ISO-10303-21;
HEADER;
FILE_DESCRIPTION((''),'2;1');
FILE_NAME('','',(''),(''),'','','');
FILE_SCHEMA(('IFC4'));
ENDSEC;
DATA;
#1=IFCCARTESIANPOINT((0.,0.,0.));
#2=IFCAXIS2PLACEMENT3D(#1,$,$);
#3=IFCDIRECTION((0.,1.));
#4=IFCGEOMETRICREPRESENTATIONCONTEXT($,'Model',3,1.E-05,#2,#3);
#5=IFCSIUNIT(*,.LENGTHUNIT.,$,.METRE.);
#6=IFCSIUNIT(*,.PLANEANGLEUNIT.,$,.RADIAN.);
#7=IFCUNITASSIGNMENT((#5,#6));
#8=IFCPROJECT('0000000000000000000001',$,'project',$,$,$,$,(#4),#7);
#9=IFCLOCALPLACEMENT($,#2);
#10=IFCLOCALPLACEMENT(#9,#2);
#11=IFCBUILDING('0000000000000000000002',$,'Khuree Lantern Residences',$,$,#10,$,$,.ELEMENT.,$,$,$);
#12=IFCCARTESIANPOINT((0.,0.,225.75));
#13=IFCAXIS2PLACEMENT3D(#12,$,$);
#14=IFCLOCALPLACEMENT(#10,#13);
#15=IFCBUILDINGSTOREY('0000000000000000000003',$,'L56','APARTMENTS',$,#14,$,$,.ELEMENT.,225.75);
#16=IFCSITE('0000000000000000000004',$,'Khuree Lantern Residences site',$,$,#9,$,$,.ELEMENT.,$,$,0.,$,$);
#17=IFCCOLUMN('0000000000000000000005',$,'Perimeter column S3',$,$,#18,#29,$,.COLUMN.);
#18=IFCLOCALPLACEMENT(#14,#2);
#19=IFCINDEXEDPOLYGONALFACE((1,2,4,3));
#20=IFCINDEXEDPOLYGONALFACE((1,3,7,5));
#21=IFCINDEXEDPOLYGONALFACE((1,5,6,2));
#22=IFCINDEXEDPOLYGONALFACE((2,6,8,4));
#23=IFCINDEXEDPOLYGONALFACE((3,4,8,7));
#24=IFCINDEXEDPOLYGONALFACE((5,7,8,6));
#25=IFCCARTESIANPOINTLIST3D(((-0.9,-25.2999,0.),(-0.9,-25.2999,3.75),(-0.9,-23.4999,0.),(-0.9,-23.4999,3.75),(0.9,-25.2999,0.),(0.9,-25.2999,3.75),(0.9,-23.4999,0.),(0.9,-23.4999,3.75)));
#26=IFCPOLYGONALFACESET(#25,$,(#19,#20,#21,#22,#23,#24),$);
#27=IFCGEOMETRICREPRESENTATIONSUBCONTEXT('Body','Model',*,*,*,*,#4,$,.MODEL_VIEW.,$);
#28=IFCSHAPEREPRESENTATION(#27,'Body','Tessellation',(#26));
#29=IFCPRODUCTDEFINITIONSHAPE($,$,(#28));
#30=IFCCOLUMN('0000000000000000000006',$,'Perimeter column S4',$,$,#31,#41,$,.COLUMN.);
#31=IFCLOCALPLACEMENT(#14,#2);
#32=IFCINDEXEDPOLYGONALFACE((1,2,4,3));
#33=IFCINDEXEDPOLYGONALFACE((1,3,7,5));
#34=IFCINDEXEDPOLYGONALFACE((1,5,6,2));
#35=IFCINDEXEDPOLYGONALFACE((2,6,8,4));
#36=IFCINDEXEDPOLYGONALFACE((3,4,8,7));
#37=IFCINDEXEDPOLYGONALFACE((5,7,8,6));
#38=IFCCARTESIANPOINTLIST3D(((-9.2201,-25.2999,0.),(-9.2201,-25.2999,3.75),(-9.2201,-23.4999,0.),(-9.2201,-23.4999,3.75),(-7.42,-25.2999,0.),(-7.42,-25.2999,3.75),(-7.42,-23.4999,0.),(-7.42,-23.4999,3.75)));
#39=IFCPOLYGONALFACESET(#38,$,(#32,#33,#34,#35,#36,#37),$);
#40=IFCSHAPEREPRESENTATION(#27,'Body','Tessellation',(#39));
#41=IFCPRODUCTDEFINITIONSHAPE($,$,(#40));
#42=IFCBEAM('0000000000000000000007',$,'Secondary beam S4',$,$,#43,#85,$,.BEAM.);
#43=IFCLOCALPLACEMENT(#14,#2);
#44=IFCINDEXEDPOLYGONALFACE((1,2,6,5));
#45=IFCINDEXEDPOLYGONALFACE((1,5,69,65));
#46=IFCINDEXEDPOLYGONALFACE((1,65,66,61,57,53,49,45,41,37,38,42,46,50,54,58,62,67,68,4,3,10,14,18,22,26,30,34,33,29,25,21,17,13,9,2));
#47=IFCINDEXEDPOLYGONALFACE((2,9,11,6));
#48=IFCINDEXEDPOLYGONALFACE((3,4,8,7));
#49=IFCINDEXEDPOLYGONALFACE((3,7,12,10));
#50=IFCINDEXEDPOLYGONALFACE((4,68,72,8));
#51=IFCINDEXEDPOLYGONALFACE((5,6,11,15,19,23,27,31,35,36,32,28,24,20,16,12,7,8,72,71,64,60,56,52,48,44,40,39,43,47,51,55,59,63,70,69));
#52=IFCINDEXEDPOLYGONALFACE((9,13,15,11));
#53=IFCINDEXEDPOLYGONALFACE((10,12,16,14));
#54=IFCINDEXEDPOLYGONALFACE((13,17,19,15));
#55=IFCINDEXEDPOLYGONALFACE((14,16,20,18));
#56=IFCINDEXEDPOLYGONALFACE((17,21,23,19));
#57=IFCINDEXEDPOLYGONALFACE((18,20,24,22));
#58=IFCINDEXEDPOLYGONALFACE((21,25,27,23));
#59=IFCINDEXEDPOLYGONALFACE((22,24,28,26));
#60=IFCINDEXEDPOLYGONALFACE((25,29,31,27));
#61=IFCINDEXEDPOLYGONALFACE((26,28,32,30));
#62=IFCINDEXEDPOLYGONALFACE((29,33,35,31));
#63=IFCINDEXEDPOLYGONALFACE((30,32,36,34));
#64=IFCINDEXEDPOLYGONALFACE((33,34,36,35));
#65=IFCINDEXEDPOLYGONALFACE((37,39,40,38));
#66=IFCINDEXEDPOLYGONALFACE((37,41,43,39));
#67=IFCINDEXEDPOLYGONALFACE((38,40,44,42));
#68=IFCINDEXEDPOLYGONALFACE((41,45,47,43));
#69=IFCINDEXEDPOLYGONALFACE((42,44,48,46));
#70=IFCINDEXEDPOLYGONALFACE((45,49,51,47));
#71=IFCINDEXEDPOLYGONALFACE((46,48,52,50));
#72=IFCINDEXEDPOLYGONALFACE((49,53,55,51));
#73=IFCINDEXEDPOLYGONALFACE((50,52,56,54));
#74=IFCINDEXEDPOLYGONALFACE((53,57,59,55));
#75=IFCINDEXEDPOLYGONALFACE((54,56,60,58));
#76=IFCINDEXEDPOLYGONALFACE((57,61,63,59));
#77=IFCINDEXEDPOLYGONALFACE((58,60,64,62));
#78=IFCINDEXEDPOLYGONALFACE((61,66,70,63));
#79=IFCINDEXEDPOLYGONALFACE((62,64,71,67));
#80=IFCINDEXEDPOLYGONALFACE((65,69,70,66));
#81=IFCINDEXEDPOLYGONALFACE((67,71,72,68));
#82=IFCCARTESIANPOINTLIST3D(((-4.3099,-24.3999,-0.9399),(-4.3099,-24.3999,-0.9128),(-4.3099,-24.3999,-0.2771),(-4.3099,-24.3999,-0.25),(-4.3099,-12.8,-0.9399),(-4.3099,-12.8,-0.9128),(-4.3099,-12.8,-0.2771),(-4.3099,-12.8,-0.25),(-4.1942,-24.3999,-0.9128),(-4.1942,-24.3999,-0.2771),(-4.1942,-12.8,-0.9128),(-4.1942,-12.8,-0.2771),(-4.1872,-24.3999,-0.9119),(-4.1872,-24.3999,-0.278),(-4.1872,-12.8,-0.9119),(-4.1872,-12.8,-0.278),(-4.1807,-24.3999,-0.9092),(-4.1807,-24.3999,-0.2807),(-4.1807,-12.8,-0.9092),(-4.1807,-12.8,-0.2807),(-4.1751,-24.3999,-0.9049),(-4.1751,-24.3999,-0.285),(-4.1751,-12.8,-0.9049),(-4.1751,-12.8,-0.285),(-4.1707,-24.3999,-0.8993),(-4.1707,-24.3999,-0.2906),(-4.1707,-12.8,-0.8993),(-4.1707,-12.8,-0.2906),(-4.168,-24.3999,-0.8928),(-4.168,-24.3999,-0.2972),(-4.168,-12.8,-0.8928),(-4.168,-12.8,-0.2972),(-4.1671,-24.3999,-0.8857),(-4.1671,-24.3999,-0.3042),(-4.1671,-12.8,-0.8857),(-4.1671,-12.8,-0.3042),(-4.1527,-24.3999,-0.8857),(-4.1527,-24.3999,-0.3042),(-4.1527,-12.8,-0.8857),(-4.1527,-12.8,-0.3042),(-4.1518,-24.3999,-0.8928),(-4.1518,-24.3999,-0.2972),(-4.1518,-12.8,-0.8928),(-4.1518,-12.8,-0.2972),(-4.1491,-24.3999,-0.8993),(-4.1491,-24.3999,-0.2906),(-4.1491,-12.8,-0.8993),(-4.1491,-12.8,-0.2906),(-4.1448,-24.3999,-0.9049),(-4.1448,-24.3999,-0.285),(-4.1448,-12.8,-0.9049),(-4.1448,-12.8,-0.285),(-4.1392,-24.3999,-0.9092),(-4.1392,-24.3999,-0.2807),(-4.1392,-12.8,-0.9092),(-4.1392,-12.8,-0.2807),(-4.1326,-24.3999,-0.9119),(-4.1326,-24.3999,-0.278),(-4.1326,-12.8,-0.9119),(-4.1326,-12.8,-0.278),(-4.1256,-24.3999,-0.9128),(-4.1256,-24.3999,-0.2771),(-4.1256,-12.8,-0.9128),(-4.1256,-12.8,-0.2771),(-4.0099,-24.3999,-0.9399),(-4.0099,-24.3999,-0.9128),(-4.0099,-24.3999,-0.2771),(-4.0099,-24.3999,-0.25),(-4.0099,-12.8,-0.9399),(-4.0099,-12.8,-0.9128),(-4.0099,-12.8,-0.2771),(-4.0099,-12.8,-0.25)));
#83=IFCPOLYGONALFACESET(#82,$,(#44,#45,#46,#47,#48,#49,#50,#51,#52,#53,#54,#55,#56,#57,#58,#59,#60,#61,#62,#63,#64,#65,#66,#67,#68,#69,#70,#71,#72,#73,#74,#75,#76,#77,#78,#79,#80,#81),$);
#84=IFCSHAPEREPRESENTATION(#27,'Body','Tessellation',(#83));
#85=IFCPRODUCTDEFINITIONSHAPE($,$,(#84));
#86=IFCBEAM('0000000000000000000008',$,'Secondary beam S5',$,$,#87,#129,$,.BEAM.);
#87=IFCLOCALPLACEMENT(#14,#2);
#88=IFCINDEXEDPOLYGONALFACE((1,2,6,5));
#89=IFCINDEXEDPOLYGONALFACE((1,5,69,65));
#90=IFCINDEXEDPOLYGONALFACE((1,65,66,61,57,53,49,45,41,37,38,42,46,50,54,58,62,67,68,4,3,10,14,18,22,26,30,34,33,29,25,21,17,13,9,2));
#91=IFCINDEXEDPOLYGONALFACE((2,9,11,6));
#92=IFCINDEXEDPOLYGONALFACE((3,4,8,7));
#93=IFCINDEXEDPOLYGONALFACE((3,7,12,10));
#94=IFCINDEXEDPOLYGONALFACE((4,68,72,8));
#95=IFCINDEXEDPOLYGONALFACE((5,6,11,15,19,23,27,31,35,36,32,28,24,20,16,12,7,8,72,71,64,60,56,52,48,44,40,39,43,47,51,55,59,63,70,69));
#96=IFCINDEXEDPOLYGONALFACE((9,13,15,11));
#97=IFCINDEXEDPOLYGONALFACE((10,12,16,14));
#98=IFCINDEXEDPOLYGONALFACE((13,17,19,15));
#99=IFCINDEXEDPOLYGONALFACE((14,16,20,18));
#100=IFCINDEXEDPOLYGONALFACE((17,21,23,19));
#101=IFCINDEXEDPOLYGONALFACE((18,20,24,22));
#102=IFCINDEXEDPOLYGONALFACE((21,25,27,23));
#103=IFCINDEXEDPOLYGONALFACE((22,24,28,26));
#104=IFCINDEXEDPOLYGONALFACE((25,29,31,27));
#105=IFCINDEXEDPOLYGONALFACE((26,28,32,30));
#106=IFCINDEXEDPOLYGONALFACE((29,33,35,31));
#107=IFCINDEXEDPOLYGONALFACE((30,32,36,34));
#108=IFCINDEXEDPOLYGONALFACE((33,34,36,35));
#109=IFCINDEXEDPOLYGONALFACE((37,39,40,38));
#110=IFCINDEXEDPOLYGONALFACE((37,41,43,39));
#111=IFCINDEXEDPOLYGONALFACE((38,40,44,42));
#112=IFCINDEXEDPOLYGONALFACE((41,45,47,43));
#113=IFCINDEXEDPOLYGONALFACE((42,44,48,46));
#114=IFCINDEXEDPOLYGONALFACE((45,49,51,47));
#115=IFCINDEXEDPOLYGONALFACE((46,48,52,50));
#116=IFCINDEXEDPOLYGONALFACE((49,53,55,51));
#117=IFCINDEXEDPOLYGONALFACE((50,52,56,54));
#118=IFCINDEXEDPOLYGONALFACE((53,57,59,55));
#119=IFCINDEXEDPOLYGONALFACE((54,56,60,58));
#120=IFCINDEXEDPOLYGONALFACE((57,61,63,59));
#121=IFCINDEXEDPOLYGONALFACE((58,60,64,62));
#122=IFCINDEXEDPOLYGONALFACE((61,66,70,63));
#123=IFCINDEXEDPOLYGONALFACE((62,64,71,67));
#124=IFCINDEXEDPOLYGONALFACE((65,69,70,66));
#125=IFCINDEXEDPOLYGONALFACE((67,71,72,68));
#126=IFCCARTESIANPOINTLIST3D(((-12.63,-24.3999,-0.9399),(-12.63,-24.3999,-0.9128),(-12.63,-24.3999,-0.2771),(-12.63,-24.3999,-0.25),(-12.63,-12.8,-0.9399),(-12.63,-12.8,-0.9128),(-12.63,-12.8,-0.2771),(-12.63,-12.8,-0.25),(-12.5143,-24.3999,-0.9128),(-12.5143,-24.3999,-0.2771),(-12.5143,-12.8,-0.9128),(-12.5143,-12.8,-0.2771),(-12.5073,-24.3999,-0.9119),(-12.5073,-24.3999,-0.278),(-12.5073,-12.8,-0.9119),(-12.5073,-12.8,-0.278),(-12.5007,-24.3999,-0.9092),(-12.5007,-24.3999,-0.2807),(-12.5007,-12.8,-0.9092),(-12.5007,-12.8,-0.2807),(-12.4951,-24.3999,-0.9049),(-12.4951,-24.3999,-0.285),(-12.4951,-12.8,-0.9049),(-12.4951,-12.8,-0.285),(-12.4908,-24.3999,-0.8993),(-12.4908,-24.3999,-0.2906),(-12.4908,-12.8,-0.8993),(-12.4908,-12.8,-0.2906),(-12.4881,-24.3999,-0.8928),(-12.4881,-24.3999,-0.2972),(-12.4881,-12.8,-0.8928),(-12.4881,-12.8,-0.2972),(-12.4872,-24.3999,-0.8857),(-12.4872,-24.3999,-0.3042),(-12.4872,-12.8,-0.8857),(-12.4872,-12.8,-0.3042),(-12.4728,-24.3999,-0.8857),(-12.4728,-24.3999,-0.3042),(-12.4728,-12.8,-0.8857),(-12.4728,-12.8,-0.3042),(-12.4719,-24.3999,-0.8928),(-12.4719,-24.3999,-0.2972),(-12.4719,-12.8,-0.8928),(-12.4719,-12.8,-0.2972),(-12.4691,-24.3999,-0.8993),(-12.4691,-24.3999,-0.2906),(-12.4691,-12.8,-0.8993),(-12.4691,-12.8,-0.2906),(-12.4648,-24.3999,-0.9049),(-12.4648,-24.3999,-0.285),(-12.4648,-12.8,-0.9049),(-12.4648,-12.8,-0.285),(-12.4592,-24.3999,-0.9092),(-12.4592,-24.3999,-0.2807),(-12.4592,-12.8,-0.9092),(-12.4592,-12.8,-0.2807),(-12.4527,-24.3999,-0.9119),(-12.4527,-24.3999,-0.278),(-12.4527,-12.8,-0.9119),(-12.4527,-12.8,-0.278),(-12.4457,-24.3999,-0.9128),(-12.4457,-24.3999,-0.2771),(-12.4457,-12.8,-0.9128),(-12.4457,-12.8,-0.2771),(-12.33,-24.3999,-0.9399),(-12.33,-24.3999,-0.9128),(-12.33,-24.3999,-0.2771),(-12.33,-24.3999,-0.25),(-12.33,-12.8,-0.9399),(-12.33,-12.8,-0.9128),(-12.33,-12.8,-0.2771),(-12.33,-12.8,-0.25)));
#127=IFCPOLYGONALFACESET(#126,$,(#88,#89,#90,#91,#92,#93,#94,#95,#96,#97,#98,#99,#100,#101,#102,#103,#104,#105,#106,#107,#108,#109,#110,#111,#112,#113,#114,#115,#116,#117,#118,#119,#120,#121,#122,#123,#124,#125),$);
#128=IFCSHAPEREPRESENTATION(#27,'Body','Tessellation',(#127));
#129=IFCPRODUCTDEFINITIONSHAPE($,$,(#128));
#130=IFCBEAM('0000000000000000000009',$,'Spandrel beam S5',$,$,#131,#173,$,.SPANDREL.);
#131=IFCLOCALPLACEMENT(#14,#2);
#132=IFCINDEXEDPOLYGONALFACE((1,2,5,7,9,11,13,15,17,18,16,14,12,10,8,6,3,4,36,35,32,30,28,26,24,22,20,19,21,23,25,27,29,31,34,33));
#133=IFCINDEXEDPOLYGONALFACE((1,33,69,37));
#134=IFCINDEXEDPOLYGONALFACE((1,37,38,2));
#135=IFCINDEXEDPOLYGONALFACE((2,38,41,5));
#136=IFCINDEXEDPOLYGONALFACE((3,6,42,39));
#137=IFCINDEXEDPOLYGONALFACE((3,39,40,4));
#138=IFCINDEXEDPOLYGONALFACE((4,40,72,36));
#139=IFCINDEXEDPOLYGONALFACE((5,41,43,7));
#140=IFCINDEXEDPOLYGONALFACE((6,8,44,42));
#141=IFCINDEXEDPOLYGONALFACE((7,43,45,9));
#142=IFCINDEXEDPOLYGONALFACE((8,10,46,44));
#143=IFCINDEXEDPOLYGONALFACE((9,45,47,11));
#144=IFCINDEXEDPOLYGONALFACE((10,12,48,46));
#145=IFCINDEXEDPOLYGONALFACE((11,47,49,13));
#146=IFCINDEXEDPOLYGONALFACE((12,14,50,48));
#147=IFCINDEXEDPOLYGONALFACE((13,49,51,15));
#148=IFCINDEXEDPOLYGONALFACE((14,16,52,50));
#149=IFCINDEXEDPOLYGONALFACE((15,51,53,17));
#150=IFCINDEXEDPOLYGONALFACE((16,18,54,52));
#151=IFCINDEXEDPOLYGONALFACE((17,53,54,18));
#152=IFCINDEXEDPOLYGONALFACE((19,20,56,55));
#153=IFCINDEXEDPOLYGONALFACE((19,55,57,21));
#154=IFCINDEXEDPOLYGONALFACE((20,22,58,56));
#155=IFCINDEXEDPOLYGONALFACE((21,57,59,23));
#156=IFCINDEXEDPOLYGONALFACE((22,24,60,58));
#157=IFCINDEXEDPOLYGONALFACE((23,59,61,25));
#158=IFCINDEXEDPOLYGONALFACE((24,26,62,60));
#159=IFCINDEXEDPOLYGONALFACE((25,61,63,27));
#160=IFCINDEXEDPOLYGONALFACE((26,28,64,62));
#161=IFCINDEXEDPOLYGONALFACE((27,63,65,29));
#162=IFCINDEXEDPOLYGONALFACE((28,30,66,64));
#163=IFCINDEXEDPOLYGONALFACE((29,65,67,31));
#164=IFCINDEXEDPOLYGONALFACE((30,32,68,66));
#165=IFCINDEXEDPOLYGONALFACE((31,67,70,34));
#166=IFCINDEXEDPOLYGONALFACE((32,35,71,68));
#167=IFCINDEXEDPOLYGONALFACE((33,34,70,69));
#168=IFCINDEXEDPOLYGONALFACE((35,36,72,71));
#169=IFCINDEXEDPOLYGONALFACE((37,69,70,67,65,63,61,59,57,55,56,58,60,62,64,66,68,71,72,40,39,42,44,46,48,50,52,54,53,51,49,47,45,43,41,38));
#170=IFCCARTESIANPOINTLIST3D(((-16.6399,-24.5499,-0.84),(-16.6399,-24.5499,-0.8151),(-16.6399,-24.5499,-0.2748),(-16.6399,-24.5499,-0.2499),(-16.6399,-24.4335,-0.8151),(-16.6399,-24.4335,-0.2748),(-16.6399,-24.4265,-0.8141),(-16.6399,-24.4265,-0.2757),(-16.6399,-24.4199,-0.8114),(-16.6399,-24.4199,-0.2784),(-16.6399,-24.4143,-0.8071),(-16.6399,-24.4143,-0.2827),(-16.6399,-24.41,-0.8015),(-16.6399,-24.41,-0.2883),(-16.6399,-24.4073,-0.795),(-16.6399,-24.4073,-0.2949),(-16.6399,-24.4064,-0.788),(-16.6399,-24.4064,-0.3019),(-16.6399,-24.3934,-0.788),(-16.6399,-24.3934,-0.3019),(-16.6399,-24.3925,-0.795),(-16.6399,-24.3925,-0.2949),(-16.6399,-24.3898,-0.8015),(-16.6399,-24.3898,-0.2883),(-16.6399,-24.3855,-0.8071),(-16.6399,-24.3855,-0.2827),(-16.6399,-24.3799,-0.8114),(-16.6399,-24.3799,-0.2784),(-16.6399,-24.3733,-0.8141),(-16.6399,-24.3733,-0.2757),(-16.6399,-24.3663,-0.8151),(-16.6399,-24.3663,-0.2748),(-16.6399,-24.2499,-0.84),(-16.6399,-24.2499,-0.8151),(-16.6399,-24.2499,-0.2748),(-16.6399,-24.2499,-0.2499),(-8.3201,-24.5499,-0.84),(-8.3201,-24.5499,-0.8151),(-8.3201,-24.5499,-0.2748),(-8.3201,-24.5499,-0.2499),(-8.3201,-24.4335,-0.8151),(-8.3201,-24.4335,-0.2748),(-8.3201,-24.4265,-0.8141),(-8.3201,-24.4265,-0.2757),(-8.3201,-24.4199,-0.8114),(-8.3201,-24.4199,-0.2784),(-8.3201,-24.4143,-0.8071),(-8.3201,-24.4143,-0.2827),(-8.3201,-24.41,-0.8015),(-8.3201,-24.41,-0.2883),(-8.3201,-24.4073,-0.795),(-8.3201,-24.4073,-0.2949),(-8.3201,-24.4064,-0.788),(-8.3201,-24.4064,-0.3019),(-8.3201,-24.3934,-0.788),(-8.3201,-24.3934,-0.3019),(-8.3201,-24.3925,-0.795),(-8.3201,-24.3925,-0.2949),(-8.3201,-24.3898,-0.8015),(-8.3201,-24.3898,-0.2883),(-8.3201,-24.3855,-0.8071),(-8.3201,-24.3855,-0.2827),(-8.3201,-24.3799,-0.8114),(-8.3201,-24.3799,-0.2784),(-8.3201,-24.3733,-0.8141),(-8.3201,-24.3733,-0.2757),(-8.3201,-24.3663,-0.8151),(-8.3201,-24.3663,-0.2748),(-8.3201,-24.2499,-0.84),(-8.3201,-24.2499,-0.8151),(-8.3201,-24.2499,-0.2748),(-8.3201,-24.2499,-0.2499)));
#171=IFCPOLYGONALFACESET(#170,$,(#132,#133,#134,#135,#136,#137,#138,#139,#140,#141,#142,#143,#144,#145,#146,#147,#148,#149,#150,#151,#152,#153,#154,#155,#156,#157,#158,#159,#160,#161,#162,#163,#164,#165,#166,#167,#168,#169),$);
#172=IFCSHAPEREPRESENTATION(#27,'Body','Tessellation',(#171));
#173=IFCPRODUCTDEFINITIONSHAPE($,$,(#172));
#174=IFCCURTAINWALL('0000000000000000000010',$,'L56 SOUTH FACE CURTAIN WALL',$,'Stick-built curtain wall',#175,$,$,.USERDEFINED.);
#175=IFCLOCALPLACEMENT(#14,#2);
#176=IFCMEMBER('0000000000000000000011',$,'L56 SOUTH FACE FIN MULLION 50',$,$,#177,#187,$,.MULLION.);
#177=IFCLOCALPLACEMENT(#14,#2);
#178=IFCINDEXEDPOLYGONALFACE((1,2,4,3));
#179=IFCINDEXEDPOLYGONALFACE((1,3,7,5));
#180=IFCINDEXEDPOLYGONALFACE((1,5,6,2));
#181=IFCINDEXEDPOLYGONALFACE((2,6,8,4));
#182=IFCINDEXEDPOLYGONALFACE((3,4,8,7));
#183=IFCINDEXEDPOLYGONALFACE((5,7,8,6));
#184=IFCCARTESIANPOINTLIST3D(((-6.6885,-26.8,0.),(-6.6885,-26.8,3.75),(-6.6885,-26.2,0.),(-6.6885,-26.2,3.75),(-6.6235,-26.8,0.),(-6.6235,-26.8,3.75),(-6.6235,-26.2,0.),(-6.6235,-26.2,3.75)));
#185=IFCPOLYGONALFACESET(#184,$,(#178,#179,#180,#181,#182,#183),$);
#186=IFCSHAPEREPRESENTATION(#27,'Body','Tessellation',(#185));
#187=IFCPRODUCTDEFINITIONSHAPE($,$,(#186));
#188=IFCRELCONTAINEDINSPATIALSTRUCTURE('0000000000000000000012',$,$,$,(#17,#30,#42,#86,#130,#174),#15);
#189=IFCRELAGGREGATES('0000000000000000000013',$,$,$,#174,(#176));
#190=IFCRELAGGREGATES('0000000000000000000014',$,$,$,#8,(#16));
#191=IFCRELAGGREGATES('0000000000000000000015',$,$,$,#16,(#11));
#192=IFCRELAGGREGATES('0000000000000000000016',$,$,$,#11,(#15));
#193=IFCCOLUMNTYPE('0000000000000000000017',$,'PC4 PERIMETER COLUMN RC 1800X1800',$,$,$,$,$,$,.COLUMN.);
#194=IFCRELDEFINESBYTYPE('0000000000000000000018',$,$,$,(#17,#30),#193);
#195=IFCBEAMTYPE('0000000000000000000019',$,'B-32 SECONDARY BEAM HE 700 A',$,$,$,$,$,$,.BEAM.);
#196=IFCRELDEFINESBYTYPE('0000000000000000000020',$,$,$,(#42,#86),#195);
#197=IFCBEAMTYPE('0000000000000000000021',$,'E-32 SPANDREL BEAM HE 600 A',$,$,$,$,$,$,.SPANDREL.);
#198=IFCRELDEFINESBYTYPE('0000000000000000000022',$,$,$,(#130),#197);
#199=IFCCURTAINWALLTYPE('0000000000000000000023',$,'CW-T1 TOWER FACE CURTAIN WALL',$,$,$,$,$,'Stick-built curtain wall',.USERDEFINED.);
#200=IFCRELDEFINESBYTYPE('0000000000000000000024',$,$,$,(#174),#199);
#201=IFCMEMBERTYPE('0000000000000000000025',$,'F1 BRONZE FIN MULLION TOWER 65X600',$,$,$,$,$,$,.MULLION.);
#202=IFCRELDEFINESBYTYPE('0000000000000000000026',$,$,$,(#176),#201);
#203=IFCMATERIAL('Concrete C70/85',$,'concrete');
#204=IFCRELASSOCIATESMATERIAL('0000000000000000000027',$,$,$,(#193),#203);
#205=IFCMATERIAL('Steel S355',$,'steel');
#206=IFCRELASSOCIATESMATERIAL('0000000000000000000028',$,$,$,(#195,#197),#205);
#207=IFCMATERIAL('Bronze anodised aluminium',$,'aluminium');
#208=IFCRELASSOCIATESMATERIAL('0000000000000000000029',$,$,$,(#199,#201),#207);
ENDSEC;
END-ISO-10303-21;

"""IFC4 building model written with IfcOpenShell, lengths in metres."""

from ifc_helpers import new_model, si_unit, direction, frame, origin, origin_2d, place, context, subcontext, project, spatial, rectangle, i_section, extrude, material, material_profile, profile_set, type_object, element, aggregate, save


model = new_model("IFC4")

# Units and contexts
model_context = context("Model", 3, precision=1e-05, world=origin(), true_north=direction((0.0, 1.0)))
body_context = subcontext(model_context, "Body", "Model", "MODEL_VIEW")
ifc_project = project(units=[si_unit("LENGTHUNIT", "METRE"), si_unit("PLANEANGLEUNIT", "RADIAN")], contexts=[model_context])

# Site, building, storey
site_placement = place(None, origin())
site = spatial("IfcSite", under=ifc_project, at=site_placement, Name="Khuree Lantern Residences site", CompositionType="ELEMENT", RefElevation=0.0)
building_placement = place(site_placement, origin())
building = spatial("IfcBuilding", under=site, at=building_placement, Name="Khuree Lantern Residences", CompositionType="ELEMENT")
storey_placement = place(building_placement, frame((0.0, 0.0, 225.75)))
storey = spatial("IfcBuildingStorey", under=building, at=storey_placement, Name="L56", Description="APARTMENTS", CompositionType="ELEMENT", Elevation=225.75)

# Columns
ifc_material_1 = material(Name="Concrete C70/85", Category="concrete")
ifc_material_profile_1 = material_profile(ifc_material_1, rectangle(XDim=1.8, YDim=1.8, at=origin_2d()), Name="RC 1800X1800")
ifc_profile_set_1 = profile_set([ifc_material_profile_1], Name="Concrete C70/85")
column_type = type_object("IfcColumnType", Name="PC4 PERIMETER COLUMN RC 1800X1800", PredefinedType="COLUMN", material=ifc_profile_set_1)
for number, where, z_axis, x_axis, name in (
    (1, (0.0, -24.3999, 0.0), (0.0, 0.0, 1.0), (1.0, 0.0, 0.0), "Perimeter column S3"),
    (2, (-8.3201, -24.3999, 0.0), (0.0, 0.0, 1.0), (1.0, 0.0, 0.0), "Perimeter column S4"),
):
    element("IfcColumn", number, at=place(storey_placement, frame(where, z_axis=z_axis, x_axis=x_axis)), inside=storey, type_object=column_type, Name=name, PredefinedType="COLUMN", context=body_context, shape_type="SweptSolid", body=[
        extrude(rectangle(XDim=1.8, YDim=1.8, at=origin_2d()), origin(), (0.0, 0.0, 1.0), 3.75),
    ])

# Beams
ifc_material_2 = material(Name="Steel S355", Category="steel")
ifc_material_profile_2 = material_profile(ifc_material_2, i_section(OverallWidth=0.3, OverallDepth=0.6899, WebThickness=0.0144, FlangeThickness=0.0271, FilletRadius=0.0271, at=origin_2d()), Name="HE 700 A")
ifc_profile_set_2 = profile_set([ifc_material_profile_2], Name="Steel S355")
beam_type_1 = type_object("IfcBeamType", Name="B-32 SECONDARY BEAM HE 700 A", PredefinedType="BEAM", material=ifc_profile_set_2)
for number, where, z_axis, x_axis, name in (
    (3, (-4.1599, -24.3999, -0.595), (0.0, 1.0, 0.0), (-1.0, 0.0, 0.0), "Secondary beam S4"),
    (4, (-12.48, -24.3999, -0.595), (0.0, 1.0, 0.0), (-1.0, 0.0, 0.0), "Secondary beam S5"),
):
    element("IfcBeam", number, at=place(storey_placement, frame(where, z_axis=z_axis, x_axis=x_axis)), inside=storey, type_object=beam_type_1, Name=name, PredefinedType="BEAM", context=body_context, shape_type="SweptSolid", body=[
        extrude(i_section(OverallWidth=0.3, OverallDepth=0.6899, WebThickness=0.0144, FlangeThickness=0.0271, FilletRadius=0.0271, at=origin_2d()), origin(), (0.0, 0.0, 1.0), 11.5999),
    ])
ifc_material_profile_3 = material_profile(ifc_material_2, i_section(OverallWidth=0.3, OverallDepth=0.5901, WebThickness=0.0129, FlangeThickness=0.0249, FilletRadius=0.0271, at=origin_2d()), Name="HE 600 A")
ifc_profile_set_3 = profile_set([ifc_material_profile_3], Name="Steel S355")
beam_type_2 = type_object("IfcBeamType", Name="E-32 SPANDREL BEAM HE 600 A", PredefinedType="SPANDREL", material=ifc_profile_set_3)
beam_placement = place(storey_placement, frame((-8.3201, -24.3999, -0.5449), z_axis=(-1.0, 0.0, 0.0), x_axis=(0.0, -1.0, 0.0)))
element("IfcBeam", 5, at=beam_placement, inside=storey, type_object=beam_type_2, Name="Spandrel beam S5", PredefinedType="SPANDREL", context=body_context, shape_type="SweptSolid", body=[
    extrude(i_section(OverallWidth=0.3, OverallDepth=0.5901, WebThickness=0.0129, FlangeThickness=0.0249, FilletRadius=0.0271, at=origin_2d()), origin(), (0.0, 0.0, 1.0), 8.3198),
])

# Curtain wall, member
ifc_material_3 = material(Name="Bronze anodised aluminium", Category="aluminium")
curtain_wall_type = type_object("IfcCurtainWallType", Name="CW-T1 TOWER FACE CURTAIN WALL", ElementType="Stick-built curtain wall", PredefinedType="USERDEFINED", material=ifc_material_3)
curtain_wall_placement = place(storey_placement, origin())
curtain_wall = element("IfcCurtainWall", 6, at=curtain_wall_placement, inside=storey, type_object=curtain_wall_type, Name="L56 SOUTH FACE CURTAIN WALL", ObjectType="Stick-built curtain wall", PredefinedType="USERDEFINED")
ifc_material_profile_4 = material_profile(ifc_material_3, rectangle(XDim=0.0649, YDim=0.6001, at=origin_2d()), Name="F1 65X600")
ifc_profile_set_4 = profile_set([ifc_material_profile_4], Name="Bronze anodised aluminium")
member_type_1 = type_object("IfcMemberType", Name="F1 BRONZE FIN MULLION TOWER 65X600", PredefinedType="MULLION", material=ifc_profile_set_4)
member_1_placement = place(storey_placement, frame((-6.656, -26.5, 0.0), z_axis=(0.0, 0.0, 1.0), x_axis=(1.0, 0.0, 0.0)))
member_1 = element("IfcMember", 7, at=member_1_placement, type_object=member_type_1, Name="L56 SOUTH FACE FIN MULLION 50", PredefinedType="MULLION", context=body_context, shape_type="SweptSolid", body=[
    extrude(rectangle(XDim=0.0649, YDim=0.6001, at=origin_2d()), origin(), (0.0, 0.0, 1.0), 3.75),
])

aggregate(curtain_wall, [member_1])

save(model, "model.ifc")
